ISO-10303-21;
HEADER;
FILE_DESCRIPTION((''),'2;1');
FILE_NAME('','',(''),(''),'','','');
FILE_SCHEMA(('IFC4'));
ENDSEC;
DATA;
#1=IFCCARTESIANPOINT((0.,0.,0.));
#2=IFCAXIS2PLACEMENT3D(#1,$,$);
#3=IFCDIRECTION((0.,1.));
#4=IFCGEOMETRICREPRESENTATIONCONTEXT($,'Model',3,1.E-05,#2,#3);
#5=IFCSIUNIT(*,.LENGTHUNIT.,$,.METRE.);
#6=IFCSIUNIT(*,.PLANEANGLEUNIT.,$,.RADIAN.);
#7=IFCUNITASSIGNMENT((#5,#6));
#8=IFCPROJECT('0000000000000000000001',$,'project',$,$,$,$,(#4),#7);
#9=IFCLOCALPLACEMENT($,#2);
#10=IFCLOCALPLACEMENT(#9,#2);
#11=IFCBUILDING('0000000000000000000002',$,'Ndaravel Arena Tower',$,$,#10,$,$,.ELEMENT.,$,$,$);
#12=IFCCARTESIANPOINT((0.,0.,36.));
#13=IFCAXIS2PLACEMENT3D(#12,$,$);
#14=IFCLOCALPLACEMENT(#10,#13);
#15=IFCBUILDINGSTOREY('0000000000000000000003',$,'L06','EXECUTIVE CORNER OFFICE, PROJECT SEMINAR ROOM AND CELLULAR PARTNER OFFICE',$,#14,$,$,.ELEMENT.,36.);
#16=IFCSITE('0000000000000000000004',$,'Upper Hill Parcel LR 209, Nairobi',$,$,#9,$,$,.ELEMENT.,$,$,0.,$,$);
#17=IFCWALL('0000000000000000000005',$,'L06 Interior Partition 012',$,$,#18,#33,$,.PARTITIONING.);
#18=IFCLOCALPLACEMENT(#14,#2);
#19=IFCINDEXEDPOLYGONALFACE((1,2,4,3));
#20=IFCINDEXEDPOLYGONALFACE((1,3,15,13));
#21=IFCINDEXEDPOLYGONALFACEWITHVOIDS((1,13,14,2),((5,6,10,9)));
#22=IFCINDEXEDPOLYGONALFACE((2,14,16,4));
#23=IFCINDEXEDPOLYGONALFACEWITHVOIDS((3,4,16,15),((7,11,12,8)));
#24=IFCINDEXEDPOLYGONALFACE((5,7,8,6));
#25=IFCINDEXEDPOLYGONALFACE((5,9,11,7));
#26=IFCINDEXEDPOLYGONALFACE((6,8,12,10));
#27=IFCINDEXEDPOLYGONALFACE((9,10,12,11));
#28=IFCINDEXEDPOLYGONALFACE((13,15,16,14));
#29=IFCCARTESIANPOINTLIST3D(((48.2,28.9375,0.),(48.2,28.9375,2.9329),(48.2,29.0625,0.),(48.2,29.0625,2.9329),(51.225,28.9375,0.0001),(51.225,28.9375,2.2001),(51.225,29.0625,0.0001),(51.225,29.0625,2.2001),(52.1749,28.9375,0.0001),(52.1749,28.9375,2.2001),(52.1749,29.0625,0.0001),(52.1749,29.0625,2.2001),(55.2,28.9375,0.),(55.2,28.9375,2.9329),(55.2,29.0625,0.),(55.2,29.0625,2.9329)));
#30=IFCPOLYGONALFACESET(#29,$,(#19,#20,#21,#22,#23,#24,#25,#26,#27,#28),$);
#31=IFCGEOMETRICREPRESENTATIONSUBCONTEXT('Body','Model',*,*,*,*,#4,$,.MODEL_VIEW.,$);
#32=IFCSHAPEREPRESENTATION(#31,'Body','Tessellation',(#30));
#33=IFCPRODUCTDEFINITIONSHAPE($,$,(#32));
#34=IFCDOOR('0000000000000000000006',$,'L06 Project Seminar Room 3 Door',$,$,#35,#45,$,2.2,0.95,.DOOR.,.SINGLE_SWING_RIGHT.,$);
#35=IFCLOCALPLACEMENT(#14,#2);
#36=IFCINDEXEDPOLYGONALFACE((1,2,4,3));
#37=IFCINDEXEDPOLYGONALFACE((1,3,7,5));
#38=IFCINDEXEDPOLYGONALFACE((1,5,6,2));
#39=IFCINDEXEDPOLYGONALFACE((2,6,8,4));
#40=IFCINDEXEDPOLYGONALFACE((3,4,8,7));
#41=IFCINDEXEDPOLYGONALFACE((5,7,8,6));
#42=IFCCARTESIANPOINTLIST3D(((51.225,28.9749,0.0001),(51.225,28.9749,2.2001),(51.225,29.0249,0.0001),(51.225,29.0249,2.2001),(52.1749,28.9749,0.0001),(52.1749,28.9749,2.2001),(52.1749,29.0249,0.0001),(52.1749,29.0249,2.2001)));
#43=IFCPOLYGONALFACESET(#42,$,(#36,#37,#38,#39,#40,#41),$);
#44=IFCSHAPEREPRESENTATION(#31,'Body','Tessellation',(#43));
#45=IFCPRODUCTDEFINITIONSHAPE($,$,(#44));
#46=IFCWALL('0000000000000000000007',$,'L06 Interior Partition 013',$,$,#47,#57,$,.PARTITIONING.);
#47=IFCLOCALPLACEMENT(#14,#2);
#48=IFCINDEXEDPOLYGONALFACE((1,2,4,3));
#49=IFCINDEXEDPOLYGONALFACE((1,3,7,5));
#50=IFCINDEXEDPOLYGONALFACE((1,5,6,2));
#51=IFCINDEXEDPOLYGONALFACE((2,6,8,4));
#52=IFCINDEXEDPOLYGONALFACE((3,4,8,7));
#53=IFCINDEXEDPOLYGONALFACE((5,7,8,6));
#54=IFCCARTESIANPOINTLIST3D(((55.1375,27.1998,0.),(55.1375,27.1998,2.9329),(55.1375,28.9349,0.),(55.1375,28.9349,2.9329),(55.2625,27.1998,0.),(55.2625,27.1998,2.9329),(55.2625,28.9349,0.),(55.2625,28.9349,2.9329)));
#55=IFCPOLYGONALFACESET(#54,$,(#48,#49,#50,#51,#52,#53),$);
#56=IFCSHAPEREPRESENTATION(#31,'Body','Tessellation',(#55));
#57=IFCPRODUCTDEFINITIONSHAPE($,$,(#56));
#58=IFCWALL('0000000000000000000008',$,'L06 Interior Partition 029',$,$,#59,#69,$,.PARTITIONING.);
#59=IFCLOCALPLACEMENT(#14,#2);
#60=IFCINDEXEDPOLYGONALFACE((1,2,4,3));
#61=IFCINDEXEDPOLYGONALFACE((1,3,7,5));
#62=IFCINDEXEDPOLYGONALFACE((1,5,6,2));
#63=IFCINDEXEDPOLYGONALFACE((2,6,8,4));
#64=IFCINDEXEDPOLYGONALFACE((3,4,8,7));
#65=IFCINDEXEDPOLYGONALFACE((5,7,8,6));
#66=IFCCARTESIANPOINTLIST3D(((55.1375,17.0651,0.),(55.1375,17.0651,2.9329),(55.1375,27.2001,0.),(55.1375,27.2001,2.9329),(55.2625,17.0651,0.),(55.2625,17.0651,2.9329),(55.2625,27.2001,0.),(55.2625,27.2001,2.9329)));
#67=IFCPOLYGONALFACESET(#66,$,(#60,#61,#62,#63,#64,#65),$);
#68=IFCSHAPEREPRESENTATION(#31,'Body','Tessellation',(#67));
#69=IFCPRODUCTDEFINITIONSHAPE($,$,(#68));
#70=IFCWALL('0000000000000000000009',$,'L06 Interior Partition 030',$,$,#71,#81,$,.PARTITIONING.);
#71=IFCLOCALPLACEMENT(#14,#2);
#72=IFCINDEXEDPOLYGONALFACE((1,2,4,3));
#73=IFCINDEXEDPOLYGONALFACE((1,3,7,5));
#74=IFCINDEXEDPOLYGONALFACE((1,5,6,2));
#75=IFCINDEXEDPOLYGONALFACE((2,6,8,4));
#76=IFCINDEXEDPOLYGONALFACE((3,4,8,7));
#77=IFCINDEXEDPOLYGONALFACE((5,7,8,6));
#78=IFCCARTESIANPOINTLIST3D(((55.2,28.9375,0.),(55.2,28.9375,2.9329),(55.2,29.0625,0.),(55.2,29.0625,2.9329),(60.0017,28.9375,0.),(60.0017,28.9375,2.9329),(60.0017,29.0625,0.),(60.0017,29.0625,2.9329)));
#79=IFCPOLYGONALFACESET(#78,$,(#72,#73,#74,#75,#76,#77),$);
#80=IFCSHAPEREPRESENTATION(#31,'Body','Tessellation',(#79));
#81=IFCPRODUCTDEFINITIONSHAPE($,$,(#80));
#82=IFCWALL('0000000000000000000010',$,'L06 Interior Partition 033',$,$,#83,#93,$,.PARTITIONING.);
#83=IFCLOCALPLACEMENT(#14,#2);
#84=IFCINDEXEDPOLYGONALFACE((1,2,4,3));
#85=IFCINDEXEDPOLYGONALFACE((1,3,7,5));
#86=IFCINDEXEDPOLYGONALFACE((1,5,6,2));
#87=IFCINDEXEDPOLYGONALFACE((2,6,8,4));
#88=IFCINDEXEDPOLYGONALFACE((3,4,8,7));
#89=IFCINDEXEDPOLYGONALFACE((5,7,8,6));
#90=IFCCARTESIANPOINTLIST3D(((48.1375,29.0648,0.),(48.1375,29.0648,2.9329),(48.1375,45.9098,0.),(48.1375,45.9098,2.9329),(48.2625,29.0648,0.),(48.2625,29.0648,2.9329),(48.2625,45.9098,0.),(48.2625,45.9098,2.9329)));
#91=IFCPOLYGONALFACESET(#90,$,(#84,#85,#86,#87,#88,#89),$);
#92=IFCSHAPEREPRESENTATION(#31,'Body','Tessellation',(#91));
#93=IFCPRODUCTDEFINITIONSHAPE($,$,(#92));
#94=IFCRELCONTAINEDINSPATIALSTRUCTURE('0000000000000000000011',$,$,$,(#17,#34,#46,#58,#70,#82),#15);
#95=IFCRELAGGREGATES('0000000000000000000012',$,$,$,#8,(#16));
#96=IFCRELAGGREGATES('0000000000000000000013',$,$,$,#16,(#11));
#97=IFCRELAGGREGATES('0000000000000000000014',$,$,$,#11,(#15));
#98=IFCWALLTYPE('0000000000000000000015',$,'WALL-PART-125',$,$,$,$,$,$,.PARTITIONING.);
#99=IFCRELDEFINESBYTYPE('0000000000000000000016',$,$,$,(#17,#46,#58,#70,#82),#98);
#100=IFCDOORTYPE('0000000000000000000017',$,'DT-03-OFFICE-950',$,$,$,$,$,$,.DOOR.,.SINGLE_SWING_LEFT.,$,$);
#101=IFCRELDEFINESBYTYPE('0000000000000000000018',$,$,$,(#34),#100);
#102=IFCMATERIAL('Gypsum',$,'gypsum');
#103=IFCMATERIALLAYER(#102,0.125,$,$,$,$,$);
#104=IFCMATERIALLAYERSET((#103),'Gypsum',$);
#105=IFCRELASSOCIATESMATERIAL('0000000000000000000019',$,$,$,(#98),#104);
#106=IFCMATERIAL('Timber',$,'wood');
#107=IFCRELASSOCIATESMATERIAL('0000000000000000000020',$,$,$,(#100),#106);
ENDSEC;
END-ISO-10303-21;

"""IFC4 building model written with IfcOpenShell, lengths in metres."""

from ifc_helpers import new_model, si_unit, direction, frame, frame_2d, origin, place, context, subcontext, project, spatial, rectangle, extrude, material, layer, layer_set, type_object, element, fill, save


model = new_model("IFC4")

# Units and contexts
model_context = context("Model", 3, precision=1e-05, world=origin(), true_north=direction((0.0, 1.0)))
body_context = subcontext(model_context, "Body", "Model", "MODEL_VIEW")
ifc_project = project(units=[si_unit("LENGTHUNIT", "METRE"), si_unit("PLANEANGLEUNIT", "RADIAN")], contexts=[model_context])

# Site, building, storey
site_placement = place(None, origin())
site = spatial("IfcSite", under=ifc_project, at=site_placement, Name="Upper Hill Parcel LR 209, Nairobi", CompositionType="ELEMENT", RefElevation=0.0)
building_placement = place(site_placement, origin())
building = spatial("IfcBuilding", under=site, at=building_placement, Name="Ndaravel Arena Tower", CompositionType="ELEMENT")
storey_placement = place(building_placement, frame((0.0, 0.0, 36.0)))
storey = spatial("IfcBuildingStorey", under=building, at=storey_placement, Name="L06", Description="EXECUTIVE CORNER OFFICE, PROJECT SEMINAR ROOM AND CELLULAR PARTNER OFFICE", CompositionType="ELEMENT", Elevation=36.0)

# Wall, opening, door
ifc_material_1 = material(Name="Gypsum", Category="gypsum")
ifc_layer_1 = layer(ifc_material_1, 0.125)
ifc_layer_set_1 = layer_set([ifc_layer_1], Name="Gypsum")
wall_type = type_object("IfcWallType", Name="WALL-PART-125", PredefinedType="PARTITIONING", material=ifc_layer_set_1)
wall_1_placement = place(storey_placement, frame((48.2, 29.0, 0.0), z_axis=(0.0, 0.0, 1.0), x_axis=(1.0, 0.0, 0.0)))
wall_1 = element("IfcWall", 1, at=wall_1_placement, inside=storey, type_object=wall_type, Name="L06 Interior Partition 012", PredefinedType="PARTITIONING", context=body_context, shape_type="SweptSolid", body=[
    extrude(rectangle(XDim=7.0, YDim=0.125, at=frame_2d((3.5, 0.0))), origin(), (0.0, 0.0, 1.0), 2.9329),
])
opening_placement = place(wall_1_placement, frame((3.0249, 0.0, 0.0)))
opening = element("IfcOpeningElement", 2, at=opening_placement, cuts=wall_1, PredefinedType="OPENING", context=body_context, shape_type="SweptSolid", body=[
    extrude(rectangle(XDim=0.95, YDim=2.2, at=frame_2d((0.4751, 1.1001))), frame((0.0, 0.0625, 0.0), z_axis=(0.0, -1.0, 0.0), x_axis=(1.0, 0.0, 0.0)), (0.0, 0.0, 1.0), 0.125),
])
ifc_material_2 = material(Name="Timber", Category="wood")
door_type = type_object("IfcDoorType", Name="DT-03-OFFICE-950", OperationType="SINGLE_SWING_LEFT", PredefinedType="DOOR", material=ifc_material_2)
door_placement = place(opening_placement, origin())
door = element("IfcDoor", 3, at=door_placement, inside=storey, type_object=door_type, Name="L06 Project Seminar Room 3 Door", OperationType="SINGLE_SWING_RIGHT", OverallHeight=2.2, OverallWidth=0.95, PredefinedType="DOOR", context=body_context, shape_type="SweptSolid", body=[
    extrude(rectangle(XDim=0.95, YDim=2.2, at=frame_2d((0.4751, 1.1001))), frame((0.0, 0.0249, 0.0), z_axis=(0.0, -1.0, 0.0), x_axis=(1.0, 0.0, 0.0)), (0.0, 0.0, 1.0), 0.05),
])
fill(opening, door)

# Walls
wall_2_placement = place(storey_placement, frame((55.2, 28.9351, 0.0), z_axis=(0.0, 0.0, 1.0), x_axis=(0.0, -1.0, 0.0)))
element("IfcWall", 4, at=wall_2_placement, inside=storey, type_object=wall_type, Name="L06 Interior Partition 013", PredefinedType="PARTITIONING", context=body_context, shape_type="SweptSolid", body=[
    extrude(rectangle(XDim=1.7351, YDim=0.125, at=frame_2d((0.8677, 0.0))), origin(), (0.0, 0.0, 1.0), 2.9329),
])
wall_3_placement = place(storey_placement, frame((55.2, 27.2, 0.0), z_axis=(0.0, 0.0, 1.0), x_axis=(0.0, -1.0, 0.0)))
element("IfcWall", 5, at=wall_3_placement, inside=storey, type_object=wall_type, Name="L06 Interior Partition 029", PredefinedType="PARTITIONING", context=body_context, shape_type="SweptSolid", body=[
    extrude(rectangle(XDim=10.135, YDim=0.125, at=frame_2d((5.0674, 0.0))), origin(), (0.0, 0.0, 1.0), 2.9329),
])
wall_4_placement = place(storey_placement, frame((55.2, 29.0, 0.0), z_axis=(0.0, 0.0, 1.0), x_axis=(1.0, 0.0, 0.0)))
element("IfcWall", 6, at=wall_4_placement, inside=storey, type_object=wall_type, Name="L06 Interior Partition 030", PredefinedType="PARTITIONING", context=body_context, shape_type="SweptSolid", body=[
    extrude(rectangle(XDim=4.8018, YDim=0.125, at=frame_2d((2.4009, 0.0))), origin(), (0.0, 0.0, 1.0), 2.9329),
])
wall_5_placement = place(storey_placement, frame((48.2, 29.0649, 0.0), z_axis=(0.0, 0.0, 1.0), x_axis=(0.0, 1.0, 0.0)))
element("IfcWall", 7, at=wall_5_placement, inside=storey, type_object=wall_type, Name="L06 Interior Partition 033", PredefinedType="PARTITIONING", context=body_context, shape_type="SweptSolid", body=[
    extrude(rectangle(XDim=16.845, YDim=0.125, at=frame_2d((8.4224, 0.0))), origin(), (0.0, 0.0, 1.0), 2.9329),
])

save(model, "model.ifc")
